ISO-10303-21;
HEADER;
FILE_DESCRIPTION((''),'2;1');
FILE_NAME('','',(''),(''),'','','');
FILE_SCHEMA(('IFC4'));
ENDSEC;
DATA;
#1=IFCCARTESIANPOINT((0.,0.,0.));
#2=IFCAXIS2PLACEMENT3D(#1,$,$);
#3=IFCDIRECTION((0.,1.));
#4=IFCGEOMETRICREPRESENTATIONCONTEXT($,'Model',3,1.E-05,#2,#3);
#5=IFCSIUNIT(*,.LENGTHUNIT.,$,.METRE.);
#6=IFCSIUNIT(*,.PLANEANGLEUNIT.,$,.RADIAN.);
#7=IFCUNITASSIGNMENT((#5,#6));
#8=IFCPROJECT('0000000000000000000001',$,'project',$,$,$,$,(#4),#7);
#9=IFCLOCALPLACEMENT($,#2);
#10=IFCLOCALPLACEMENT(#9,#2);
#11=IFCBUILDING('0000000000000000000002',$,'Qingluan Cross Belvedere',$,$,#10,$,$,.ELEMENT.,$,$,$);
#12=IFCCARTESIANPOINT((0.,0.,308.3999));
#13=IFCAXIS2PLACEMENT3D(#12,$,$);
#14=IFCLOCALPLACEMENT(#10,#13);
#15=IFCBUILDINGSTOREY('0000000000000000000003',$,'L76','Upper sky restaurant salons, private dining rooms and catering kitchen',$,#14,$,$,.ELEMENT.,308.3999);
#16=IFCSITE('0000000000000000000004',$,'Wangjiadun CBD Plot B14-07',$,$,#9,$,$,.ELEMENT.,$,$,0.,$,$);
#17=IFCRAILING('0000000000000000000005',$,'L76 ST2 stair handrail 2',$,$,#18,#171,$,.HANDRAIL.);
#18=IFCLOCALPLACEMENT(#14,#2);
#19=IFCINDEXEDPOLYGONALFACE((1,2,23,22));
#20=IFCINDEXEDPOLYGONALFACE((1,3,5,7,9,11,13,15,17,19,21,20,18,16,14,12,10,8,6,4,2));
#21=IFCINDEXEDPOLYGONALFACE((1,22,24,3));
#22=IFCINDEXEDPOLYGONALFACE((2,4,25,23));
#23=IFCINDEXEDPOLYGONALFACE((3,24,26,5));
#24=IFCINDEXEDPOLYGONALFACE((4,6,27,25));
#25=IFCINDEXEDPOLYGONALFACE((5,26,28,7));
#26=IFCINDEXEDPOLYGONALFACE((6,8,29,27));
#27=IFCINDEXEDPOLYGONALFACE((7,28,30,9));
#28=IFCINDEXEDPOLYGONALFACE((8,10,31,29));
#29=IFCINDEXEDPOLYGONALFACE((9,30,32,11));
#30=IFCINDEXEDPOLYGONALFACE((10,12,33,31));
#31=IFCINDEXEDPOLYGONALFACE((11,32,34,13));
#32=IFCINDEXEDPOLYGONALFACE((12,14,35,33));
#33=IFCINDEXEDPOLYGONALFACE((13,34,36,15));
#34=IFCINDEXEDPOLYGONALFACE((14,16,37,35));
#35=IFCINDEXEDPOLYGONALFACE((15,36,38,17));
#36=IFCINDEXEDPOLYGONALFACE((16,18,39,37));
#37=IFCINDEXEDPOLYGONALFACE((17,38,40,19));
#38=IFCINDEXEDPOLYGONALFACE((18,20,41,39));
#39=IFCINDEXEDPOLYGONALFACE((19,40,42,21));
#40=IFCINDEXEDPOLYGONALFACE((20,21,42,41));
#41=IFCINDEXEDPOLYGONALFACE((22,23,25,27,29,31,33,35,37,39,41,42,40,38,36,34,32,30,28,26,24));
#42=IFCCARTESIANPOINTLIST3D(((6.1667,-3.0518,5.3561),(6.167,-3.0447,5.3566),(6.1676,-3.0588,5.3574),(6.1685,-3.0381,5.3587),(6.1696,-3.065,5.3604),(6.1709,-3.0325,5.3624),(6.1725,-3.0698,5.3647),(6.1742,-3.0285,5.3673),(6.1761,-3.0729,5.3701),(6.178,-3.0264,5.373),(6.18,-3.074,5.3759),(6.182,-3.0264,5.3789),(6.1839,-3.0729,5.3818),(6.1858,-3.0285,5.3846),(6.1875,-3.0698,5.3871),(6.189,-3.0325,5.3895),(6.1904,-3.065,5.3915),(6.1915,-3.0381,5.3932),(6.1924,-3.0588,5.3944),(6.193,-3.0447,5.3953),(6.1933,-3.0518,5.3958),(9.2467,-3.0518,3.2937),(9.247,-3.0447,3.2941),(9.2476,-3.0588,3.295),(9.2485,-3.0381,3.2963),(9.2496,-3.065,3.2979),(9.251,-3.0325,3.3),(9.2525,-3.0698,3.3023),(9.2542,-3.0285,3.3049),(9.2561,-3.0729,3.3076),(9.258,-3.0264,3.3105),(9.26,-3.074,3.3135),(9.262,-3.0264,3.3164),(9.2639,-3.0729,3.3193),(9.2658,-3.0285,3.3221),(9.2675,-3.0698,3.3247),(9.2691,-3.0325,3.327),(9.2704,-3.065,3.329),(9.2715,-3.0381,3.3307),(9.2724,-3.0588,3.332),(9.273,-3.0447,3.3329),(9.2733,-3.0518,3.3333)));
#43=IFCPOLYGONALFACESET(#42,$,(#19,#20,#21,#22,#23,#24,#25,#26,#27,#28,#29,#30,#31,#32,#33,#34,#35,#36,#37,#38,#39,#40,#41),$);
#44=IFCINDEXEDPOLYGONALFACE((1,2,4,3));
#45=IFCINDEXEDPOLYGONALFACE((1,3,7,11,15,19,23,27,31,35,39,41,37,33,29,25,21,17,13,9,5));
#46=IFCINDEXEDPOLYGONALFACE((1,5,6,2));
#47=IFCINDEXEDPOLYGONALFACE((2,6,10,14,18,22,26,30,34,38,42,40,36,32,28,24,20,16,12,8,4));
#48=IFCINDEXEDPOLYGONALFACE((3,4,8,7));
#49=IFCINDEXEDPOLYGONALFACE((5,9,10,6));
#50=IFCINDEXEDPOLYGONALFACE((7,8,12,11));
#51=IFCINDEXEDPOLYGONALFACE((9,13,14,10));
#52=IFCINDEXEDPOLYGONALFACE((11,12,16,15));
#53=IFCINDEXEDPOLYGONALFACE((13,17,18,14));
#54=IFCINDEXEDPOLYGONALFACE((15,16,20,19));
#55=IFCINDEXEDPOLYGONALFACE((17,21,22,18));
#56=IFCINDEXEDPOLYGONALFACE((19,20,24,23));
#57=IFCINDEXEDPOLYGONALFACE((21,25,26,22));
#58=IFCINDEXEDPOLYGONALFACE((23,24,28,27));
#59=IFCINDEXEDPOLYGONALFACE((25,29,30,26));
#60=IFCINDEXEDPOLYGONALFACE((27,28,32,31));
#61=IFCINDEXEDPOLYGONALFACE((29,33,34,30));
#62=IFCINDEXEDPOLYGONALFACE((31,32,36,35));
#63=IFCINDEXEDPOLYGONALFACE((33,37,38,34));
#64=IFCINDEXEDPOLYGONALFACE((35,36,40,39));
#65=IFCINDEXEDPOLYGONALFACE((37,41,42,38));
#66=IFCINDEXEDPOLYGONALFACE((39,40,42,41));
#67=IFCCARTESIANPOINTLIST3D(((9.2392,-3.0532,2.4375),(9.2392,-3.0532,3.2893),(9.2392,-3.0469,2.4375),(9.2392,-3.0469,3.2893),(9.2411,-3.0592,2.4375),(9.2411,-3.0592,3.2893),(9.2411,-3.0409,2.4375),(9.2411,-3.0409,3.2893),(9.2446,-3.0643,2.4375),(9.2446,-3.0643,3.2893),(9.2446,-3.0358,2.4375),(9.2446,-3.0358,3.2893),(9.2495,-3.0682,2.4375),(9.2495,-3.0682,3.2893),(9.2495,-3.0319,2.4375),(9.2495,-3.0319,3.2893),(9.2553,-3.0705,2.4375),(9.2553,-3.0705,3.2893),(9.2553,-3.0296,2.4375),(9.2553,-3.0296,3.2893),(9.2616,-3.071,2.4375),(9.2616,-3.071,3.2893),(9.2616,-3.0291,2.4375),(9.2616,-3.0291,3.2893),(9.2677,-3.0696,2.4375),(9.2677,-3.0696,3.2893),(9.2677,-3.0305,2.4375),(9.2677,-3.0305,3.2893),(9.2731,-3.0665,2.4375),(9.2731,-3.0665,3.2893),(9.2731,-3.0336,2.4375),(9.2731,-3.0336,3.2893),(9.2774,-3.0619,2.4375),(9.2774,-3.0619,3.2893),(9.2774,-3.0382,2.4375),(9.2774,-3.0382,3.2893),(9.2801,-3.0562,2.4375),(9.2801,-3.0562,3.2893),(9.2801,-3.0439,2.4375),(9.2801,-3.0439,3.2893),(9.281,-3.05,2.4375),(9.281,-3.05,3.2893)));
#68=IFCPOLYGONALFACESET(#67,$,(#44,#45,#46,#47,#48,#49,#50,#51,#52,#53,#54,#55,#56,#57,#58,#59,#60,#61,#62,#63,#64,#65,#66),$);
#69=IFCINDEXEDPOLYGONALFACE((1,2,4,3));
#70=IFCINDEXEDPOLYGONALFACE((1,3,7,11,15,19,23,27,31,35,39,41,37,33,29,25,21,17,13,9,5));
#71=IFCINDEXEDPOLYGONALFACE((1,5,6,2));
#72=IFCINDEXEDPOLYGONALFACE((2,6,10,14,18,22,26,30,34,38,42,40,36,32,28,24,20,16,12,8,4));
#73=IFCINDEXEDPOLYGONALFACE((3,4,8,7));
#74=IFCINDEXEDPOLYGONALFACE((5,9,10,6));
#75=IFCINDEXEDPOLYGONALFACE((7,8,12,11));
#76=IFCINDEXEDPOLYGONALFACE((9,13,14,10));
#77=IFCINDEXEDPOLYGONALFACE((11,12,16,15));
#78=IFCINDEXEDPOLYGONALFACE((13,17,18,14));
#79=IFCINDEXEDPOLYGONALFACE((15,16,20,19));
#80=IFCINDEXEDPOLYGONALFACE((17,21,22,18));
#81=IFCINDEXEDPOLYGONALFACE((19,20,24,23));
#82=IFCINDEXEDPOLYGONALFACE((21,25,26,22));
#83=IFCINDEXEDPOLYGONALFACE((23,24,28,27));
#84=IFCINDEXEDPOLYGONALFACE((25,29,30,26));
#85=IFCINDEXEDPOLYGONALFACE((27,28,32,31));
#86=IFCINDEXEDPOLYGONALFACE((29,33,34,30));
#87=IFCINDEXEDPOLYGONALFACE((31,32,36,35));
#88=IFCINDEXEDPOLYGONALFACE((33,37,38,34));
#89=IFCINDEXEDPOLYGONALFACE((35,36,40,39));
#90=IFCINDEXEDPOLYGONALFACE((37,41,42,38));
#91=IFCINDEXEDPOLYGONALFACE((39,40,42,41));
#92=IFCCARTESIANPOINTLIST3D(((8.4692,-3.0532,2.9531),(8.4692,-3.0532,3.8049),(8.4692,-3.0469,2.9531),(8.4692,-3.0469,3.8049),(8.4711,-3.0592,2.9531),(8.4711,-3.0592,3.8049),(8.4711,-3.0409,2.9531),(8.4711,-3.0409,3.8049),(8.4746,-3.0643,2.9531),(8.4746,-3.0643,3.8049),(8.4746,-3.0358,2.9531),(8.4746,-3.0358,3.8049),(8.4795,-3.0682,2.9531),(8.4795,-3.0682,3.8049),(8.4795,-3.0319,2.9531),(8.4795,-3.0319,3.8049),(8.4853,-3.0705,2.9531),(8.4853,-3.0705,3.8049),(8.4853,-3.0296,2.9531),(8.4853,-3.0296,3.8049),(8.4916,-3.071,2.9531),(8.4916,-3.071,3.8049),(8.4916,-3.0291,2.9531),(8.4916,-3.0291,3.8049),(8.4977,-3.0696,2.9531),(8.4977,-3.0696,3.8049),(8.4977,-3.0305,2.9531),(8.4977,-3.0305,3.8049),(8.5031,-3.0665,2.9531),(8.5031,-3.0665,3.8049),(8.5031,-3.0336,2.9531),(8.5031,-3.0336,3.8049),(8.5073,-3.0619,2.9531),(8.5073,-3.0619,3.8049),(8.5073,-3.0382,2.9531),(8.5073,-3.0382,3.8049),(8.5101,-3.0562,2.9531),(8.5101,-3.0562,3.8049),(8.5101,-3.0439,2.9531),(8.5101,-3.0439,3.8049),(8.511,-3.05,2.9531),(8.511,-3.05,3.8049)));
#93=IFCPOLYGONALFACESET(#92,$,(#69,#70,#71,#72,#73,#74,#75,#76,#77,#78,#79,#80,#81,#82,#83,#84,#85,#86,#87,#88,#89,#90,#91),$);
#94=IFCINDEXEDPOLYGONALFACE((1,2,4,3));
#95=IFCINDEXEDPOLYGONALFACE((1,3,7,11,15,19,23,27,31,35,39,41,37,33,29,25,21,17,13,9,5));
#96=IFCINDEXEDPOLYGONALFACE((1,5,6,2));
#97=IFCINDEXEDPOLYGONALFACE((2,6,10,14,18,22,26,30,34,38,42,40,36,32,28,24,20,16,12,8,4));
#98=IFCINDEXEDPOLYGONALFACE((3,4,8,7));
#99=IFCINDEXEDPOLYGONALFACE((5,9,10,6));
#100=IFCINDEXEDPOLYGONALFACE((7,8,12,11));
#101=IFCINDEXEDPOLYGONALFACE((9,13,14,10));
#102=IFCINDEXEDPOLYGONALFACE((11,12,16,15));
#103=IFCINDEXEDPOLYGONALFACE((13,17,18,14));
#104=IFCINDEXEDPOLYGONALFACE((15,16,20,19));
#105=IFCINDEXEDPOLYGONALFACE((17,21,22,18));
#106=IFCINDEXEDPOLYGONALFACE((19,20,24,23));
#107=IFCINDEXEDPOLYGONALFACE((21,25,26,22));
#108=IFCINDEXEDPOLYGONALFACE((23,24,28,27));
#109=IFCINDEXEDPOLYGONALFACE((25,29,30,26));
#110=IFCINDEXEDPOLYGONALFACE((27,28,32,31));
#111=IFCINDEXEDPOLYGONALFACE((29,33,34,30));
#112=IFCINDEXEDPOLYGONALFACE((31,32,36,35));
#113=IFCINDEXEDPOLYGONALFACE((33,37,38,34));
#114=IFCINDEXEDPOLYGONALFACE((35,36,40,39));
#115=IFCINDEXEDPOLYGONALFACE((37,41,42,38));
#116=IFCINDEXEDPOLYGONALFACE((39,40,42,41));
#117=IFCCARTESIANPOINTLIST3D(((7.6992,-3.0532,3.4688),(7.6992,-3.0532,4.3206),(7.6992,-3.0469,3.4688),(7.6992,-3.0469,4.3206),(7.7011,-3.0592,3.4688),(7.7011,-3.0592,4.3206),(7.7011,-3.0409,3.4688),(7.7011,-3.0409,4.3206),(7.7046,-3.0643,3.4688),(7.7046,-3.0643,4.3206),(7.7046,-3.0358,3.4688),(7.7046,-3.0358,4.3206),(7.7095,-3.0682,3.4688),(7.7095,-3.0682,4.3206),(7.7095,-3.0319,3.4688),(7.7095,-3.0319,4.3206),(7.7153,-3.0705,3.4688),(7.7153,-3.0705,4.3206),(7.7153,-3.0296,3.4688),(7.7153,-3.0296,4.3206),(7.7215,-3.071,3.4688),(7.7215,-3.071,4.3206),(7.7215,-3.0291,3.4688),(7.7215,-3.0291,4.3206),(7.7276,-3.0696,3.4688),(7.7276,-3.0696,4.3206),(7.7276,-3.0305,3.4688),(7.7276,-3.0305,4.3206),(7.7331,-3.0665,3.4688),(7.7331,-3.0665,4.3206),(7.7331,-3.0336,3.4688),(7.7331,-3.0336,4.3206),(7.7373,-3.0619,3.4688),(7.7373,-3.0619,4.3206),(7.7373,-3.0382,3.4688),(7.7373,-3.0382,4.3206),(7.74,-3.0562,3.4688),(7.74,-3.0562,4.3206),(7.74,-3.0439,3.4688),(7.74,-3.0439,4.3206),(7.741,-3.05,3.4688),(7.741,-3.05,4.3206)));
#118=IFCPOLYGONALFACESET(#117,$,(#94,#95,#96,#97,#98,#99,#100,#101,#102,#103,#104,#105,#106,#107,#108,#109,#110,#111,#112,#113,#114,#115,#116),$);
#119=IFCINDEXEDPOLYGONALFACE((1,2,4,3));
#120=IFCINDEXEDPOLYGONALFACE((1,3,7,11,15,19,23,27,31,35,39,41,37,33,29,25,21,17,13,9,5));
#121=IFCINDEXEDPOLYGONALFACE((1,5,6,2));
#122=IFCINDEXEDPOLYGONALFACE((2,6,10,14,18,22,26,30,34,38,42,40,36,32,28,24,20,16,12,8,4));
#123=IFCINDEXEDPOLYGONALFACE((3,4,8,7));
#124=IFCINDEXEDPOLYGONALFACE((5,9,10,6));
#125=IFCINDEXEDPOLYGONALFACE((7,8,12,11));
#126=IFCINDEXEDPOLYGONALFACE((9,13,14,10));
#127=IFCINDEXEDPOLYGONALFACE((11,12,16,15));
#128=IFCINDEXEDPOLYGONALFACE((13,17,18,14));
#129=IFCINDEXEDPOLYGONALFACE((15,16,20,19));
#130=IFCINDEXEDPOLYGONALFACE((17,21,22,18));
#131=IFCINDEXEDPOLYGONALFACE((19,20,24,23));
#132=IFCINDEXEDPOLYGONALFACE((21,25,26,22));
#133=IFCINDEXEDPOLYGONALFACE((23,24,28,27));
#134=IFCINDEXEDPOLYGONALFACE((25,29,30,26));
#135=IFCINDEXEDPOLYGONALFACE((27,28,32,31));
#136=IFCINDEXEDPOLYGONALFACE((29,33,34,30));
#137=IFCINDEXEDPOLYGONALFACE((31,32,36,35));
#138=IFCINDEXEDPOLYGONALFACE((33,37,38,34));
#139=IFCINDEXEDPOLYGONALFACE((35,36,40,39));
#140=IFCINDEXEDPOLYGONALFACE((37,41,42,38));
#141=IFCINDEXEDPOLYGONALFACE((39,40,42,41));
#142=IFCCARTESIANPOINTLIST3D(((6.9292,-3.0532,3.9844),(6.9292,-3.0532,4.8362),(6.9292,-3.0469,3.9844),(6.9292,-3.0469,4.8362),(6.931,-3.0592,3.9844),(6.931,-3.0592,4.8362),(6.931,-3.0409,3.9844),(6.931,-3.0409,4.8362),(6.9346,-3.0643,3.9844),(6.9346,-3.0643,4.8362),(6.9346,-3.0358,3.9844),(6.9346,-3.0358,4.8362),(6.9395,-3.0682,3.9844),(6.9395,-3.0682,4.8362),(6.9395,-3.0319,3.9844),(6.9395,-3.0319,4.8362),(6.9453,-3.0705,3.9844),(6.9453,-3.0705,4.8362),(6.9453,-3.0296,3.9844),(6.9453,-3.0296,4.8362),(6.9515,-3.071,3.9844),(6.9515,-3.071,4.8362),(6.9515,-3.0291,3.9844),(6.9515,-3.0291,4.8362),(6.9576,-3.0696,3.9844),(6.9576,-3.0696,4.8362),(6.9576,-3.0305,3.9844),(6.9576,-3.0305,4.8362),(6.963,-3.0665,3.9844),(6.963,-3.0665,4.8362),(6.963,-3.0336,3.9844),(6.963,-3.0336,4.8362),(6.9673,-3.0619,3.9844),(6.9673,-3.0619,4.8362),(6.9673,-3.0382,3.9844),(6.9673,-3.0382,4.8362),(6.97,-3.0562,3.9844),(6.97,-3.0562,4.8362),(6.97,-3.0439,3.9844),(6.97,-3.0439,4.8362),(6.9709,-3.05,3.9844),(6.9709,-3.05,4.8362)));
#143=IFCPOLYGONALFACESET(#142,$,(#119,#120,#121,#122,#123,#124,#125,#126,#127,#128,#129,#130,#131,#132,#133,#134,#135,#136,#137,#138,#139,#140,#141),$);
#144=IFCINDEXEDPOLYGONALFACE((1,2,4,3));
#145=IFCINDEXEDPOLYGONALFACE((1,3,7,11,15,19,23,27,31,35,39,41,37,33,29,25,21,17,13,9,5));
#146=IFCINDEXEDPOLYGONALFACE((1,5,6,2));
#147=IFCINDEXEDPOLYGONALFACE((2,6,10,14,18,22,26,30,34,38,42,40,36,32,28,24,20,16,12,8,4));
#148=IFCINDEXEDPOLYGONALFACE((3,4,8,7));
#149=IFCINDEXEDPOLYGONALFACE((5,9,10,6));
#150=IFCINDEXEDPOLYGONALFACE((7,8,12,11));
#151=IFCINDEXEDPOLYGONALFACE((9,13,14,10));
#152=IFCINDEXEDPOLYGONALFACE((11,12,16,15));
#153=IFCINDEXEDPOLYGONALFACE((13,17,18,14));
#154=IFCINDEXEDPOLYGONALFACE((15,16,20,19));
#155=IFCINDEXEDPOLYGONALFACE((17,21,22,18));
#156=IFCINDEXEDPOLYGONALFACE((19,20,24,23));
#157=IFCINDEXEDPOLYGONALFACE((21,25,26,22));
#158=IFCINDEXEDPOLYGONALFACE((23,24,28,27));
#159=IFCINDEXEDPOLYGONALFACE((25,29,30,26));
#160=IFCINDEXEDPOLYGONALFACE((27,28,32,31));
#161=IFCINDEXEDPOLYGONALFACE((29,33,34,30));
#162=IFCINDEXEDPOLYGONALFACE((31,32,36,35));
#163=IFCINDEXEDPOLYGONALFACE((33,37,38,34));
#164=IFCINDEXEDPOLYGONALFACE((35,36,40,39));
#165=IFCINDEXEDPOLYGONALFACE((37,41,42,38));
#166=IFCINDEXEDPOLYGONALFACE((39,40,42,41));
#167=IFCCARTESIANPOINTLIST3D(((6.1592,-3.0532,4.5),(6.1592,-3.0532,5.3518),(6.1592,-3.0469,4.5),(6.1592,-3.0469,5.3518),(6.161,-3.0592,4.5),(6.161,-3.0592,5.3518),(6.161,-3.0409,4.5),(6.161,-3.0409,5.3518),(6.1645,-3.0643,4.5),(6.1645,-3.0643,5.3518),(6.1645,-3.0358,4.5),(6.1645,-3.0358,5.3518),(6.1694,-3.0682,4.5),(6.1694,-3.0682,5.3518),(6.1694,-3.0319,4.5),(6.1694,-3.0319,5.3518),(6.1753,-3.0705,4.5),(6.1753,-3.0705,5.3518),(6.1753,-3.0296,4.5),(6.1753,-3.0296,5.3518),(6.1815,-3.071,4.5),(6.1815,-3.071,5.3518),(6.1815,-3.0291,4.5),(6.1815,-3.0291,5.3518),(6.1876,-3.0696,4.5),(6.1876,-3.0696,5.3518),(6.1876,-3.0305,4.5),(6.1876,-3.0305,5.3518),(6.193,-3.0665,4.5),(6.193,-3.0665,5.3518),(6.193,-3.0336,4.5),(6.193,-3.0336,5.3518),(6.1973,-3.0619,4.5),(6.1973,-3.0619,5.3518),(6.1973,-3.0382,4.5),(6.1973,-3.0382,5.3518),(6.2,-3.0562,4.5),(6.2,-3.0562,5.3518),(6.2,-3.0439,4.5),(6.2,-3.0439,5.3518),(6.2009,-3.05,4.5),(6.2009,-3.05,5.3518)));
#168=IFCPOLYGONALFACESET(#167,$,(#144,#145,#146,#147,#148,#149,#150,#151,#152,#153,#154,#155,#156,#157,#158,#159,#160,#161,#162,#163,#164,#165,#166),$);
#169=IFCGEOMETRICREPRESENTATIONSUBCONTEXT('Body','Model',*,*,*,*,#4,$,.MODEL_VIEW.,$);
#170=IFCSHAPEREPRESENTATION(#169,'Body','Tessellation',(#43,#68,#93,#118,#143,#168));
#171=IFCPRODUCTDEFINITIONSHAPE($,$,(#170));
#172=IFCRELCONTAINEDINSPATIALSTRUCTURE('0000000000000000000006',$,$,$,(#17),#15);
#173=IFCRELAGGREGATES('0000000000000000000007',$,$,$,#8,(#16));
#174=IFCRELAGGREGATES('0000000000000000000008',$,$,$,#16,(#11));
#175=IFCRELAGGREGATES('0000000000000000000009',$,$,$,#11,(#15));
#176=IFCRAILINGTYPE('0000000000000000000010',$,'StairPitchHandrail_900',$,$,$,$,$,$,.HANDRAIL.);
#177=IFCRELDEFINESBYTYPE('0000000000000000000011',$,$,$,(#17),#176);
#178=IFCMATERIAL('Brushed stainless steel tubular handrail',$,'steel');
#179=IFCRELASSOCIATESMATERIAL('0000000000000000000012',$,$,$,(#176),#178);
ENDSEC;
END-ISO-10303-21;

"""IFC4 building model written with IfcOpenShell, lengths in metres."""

from ifc_helpers import new_model, si_unit, direction, frame, origin, origin_2d, place, context, subcontext, project, spatial, circle, extrude, material, type_object, element, save


model = new_model("IFC4")

# Units and contexts
model_context = context("Model", 3, precision=1e-05, world=origin(), true_north=direction((0.0, 1.0)))
body_context = subcontext(model_context, "Body", "Model", "MODEL_VIEW")
ifc_project = project(units=[si_unit("LENGTHUNIT", "METRE"), si_unit("PLANEANGLEUNIT", "RADIAN")], contexts=[model_context])

# Site, building, storey
site_placement = place(None, origin())
site = spatial("IfcSite", under=ifc_project, at=site_placement, Name="Wangjiadun CBD Plot B14-07", CompositionType="ELEMENT", RefElevation=0.0)
building_placement = place(site_placement, origin())
building = spatial("IfcBuilding", under=site, at=building_placement, Name="Qingluan Cross Belvedere", CompositionType="ELEMENT")
storey_placement = place(building_placement, frame((0.0, 0.0, 308.3999)))
storey = spatial("IfcBuildingStorey", under=building, at=storey_placement, Name="L76", Description="Upper sky restaurant salons, private dining rooms and catering kitchen", CompositionType="ELEMENT", Elevation=308.3999)

# Railing
ifc_material_1 = material(Name="Brushed stainless steel tubular handrail", Category="steel")
railing_type_1 = type_object("IfcRailingType", Name="StairPitchHandrail_900", PredefinedType="HANDRAIL", material=ifc_material_1)
railing_1_placement = place(storey_placement, frame((9.26, -3.05, 2.4375)))
element("IfcRailing", 1, at=railing_1_placement, inside=storey, type_object=railing_type_1, Name="L76 ST2 stair handrail 2", PredefinedType="HANDRAIL", context=body_context, shape_type="SweptSolid", body=[
    extrude(circle(Radius=0.0239, at=origin_2d()), frame((0.0, 0.0, 0.876), z_axis=(-0.830914, 0.0, 0.556401), x_axis=(0.0, -1.0, 0.0)), (0.0, 0.0, 1.0), 3.7068),
    extrude(circle(Radius=0.021, at=origin_2d()), origin(), (0.0, 0.0, 1.0), 0.8518),
    extrude(circle(Radius=0.021, at=origin_2d()), frame((-0.77, 0.0, 0.5156)), (0.0, 0.0, 1.0), 0.8518),
    extrude(circle(Radius=0.021, at=origin_2d()), frame((-1.54, 0.0, 1.0312)), (0.0, 0.0, 1.0), 0.8518),
    extrude(circle(Radius=0.021, at=origin_2d()), frame((-2.3101, 0.0, 1.5469)), (0.0, 0.0, 1.0), 0.8518),
    extrude(circle(Radius=0.021, at=origin_2d()), frame((-3.0801, 0.0, 2.0625)), (0.0, 0.0, 1.0), 0.8518),
])

save(model, "model.ifc")
